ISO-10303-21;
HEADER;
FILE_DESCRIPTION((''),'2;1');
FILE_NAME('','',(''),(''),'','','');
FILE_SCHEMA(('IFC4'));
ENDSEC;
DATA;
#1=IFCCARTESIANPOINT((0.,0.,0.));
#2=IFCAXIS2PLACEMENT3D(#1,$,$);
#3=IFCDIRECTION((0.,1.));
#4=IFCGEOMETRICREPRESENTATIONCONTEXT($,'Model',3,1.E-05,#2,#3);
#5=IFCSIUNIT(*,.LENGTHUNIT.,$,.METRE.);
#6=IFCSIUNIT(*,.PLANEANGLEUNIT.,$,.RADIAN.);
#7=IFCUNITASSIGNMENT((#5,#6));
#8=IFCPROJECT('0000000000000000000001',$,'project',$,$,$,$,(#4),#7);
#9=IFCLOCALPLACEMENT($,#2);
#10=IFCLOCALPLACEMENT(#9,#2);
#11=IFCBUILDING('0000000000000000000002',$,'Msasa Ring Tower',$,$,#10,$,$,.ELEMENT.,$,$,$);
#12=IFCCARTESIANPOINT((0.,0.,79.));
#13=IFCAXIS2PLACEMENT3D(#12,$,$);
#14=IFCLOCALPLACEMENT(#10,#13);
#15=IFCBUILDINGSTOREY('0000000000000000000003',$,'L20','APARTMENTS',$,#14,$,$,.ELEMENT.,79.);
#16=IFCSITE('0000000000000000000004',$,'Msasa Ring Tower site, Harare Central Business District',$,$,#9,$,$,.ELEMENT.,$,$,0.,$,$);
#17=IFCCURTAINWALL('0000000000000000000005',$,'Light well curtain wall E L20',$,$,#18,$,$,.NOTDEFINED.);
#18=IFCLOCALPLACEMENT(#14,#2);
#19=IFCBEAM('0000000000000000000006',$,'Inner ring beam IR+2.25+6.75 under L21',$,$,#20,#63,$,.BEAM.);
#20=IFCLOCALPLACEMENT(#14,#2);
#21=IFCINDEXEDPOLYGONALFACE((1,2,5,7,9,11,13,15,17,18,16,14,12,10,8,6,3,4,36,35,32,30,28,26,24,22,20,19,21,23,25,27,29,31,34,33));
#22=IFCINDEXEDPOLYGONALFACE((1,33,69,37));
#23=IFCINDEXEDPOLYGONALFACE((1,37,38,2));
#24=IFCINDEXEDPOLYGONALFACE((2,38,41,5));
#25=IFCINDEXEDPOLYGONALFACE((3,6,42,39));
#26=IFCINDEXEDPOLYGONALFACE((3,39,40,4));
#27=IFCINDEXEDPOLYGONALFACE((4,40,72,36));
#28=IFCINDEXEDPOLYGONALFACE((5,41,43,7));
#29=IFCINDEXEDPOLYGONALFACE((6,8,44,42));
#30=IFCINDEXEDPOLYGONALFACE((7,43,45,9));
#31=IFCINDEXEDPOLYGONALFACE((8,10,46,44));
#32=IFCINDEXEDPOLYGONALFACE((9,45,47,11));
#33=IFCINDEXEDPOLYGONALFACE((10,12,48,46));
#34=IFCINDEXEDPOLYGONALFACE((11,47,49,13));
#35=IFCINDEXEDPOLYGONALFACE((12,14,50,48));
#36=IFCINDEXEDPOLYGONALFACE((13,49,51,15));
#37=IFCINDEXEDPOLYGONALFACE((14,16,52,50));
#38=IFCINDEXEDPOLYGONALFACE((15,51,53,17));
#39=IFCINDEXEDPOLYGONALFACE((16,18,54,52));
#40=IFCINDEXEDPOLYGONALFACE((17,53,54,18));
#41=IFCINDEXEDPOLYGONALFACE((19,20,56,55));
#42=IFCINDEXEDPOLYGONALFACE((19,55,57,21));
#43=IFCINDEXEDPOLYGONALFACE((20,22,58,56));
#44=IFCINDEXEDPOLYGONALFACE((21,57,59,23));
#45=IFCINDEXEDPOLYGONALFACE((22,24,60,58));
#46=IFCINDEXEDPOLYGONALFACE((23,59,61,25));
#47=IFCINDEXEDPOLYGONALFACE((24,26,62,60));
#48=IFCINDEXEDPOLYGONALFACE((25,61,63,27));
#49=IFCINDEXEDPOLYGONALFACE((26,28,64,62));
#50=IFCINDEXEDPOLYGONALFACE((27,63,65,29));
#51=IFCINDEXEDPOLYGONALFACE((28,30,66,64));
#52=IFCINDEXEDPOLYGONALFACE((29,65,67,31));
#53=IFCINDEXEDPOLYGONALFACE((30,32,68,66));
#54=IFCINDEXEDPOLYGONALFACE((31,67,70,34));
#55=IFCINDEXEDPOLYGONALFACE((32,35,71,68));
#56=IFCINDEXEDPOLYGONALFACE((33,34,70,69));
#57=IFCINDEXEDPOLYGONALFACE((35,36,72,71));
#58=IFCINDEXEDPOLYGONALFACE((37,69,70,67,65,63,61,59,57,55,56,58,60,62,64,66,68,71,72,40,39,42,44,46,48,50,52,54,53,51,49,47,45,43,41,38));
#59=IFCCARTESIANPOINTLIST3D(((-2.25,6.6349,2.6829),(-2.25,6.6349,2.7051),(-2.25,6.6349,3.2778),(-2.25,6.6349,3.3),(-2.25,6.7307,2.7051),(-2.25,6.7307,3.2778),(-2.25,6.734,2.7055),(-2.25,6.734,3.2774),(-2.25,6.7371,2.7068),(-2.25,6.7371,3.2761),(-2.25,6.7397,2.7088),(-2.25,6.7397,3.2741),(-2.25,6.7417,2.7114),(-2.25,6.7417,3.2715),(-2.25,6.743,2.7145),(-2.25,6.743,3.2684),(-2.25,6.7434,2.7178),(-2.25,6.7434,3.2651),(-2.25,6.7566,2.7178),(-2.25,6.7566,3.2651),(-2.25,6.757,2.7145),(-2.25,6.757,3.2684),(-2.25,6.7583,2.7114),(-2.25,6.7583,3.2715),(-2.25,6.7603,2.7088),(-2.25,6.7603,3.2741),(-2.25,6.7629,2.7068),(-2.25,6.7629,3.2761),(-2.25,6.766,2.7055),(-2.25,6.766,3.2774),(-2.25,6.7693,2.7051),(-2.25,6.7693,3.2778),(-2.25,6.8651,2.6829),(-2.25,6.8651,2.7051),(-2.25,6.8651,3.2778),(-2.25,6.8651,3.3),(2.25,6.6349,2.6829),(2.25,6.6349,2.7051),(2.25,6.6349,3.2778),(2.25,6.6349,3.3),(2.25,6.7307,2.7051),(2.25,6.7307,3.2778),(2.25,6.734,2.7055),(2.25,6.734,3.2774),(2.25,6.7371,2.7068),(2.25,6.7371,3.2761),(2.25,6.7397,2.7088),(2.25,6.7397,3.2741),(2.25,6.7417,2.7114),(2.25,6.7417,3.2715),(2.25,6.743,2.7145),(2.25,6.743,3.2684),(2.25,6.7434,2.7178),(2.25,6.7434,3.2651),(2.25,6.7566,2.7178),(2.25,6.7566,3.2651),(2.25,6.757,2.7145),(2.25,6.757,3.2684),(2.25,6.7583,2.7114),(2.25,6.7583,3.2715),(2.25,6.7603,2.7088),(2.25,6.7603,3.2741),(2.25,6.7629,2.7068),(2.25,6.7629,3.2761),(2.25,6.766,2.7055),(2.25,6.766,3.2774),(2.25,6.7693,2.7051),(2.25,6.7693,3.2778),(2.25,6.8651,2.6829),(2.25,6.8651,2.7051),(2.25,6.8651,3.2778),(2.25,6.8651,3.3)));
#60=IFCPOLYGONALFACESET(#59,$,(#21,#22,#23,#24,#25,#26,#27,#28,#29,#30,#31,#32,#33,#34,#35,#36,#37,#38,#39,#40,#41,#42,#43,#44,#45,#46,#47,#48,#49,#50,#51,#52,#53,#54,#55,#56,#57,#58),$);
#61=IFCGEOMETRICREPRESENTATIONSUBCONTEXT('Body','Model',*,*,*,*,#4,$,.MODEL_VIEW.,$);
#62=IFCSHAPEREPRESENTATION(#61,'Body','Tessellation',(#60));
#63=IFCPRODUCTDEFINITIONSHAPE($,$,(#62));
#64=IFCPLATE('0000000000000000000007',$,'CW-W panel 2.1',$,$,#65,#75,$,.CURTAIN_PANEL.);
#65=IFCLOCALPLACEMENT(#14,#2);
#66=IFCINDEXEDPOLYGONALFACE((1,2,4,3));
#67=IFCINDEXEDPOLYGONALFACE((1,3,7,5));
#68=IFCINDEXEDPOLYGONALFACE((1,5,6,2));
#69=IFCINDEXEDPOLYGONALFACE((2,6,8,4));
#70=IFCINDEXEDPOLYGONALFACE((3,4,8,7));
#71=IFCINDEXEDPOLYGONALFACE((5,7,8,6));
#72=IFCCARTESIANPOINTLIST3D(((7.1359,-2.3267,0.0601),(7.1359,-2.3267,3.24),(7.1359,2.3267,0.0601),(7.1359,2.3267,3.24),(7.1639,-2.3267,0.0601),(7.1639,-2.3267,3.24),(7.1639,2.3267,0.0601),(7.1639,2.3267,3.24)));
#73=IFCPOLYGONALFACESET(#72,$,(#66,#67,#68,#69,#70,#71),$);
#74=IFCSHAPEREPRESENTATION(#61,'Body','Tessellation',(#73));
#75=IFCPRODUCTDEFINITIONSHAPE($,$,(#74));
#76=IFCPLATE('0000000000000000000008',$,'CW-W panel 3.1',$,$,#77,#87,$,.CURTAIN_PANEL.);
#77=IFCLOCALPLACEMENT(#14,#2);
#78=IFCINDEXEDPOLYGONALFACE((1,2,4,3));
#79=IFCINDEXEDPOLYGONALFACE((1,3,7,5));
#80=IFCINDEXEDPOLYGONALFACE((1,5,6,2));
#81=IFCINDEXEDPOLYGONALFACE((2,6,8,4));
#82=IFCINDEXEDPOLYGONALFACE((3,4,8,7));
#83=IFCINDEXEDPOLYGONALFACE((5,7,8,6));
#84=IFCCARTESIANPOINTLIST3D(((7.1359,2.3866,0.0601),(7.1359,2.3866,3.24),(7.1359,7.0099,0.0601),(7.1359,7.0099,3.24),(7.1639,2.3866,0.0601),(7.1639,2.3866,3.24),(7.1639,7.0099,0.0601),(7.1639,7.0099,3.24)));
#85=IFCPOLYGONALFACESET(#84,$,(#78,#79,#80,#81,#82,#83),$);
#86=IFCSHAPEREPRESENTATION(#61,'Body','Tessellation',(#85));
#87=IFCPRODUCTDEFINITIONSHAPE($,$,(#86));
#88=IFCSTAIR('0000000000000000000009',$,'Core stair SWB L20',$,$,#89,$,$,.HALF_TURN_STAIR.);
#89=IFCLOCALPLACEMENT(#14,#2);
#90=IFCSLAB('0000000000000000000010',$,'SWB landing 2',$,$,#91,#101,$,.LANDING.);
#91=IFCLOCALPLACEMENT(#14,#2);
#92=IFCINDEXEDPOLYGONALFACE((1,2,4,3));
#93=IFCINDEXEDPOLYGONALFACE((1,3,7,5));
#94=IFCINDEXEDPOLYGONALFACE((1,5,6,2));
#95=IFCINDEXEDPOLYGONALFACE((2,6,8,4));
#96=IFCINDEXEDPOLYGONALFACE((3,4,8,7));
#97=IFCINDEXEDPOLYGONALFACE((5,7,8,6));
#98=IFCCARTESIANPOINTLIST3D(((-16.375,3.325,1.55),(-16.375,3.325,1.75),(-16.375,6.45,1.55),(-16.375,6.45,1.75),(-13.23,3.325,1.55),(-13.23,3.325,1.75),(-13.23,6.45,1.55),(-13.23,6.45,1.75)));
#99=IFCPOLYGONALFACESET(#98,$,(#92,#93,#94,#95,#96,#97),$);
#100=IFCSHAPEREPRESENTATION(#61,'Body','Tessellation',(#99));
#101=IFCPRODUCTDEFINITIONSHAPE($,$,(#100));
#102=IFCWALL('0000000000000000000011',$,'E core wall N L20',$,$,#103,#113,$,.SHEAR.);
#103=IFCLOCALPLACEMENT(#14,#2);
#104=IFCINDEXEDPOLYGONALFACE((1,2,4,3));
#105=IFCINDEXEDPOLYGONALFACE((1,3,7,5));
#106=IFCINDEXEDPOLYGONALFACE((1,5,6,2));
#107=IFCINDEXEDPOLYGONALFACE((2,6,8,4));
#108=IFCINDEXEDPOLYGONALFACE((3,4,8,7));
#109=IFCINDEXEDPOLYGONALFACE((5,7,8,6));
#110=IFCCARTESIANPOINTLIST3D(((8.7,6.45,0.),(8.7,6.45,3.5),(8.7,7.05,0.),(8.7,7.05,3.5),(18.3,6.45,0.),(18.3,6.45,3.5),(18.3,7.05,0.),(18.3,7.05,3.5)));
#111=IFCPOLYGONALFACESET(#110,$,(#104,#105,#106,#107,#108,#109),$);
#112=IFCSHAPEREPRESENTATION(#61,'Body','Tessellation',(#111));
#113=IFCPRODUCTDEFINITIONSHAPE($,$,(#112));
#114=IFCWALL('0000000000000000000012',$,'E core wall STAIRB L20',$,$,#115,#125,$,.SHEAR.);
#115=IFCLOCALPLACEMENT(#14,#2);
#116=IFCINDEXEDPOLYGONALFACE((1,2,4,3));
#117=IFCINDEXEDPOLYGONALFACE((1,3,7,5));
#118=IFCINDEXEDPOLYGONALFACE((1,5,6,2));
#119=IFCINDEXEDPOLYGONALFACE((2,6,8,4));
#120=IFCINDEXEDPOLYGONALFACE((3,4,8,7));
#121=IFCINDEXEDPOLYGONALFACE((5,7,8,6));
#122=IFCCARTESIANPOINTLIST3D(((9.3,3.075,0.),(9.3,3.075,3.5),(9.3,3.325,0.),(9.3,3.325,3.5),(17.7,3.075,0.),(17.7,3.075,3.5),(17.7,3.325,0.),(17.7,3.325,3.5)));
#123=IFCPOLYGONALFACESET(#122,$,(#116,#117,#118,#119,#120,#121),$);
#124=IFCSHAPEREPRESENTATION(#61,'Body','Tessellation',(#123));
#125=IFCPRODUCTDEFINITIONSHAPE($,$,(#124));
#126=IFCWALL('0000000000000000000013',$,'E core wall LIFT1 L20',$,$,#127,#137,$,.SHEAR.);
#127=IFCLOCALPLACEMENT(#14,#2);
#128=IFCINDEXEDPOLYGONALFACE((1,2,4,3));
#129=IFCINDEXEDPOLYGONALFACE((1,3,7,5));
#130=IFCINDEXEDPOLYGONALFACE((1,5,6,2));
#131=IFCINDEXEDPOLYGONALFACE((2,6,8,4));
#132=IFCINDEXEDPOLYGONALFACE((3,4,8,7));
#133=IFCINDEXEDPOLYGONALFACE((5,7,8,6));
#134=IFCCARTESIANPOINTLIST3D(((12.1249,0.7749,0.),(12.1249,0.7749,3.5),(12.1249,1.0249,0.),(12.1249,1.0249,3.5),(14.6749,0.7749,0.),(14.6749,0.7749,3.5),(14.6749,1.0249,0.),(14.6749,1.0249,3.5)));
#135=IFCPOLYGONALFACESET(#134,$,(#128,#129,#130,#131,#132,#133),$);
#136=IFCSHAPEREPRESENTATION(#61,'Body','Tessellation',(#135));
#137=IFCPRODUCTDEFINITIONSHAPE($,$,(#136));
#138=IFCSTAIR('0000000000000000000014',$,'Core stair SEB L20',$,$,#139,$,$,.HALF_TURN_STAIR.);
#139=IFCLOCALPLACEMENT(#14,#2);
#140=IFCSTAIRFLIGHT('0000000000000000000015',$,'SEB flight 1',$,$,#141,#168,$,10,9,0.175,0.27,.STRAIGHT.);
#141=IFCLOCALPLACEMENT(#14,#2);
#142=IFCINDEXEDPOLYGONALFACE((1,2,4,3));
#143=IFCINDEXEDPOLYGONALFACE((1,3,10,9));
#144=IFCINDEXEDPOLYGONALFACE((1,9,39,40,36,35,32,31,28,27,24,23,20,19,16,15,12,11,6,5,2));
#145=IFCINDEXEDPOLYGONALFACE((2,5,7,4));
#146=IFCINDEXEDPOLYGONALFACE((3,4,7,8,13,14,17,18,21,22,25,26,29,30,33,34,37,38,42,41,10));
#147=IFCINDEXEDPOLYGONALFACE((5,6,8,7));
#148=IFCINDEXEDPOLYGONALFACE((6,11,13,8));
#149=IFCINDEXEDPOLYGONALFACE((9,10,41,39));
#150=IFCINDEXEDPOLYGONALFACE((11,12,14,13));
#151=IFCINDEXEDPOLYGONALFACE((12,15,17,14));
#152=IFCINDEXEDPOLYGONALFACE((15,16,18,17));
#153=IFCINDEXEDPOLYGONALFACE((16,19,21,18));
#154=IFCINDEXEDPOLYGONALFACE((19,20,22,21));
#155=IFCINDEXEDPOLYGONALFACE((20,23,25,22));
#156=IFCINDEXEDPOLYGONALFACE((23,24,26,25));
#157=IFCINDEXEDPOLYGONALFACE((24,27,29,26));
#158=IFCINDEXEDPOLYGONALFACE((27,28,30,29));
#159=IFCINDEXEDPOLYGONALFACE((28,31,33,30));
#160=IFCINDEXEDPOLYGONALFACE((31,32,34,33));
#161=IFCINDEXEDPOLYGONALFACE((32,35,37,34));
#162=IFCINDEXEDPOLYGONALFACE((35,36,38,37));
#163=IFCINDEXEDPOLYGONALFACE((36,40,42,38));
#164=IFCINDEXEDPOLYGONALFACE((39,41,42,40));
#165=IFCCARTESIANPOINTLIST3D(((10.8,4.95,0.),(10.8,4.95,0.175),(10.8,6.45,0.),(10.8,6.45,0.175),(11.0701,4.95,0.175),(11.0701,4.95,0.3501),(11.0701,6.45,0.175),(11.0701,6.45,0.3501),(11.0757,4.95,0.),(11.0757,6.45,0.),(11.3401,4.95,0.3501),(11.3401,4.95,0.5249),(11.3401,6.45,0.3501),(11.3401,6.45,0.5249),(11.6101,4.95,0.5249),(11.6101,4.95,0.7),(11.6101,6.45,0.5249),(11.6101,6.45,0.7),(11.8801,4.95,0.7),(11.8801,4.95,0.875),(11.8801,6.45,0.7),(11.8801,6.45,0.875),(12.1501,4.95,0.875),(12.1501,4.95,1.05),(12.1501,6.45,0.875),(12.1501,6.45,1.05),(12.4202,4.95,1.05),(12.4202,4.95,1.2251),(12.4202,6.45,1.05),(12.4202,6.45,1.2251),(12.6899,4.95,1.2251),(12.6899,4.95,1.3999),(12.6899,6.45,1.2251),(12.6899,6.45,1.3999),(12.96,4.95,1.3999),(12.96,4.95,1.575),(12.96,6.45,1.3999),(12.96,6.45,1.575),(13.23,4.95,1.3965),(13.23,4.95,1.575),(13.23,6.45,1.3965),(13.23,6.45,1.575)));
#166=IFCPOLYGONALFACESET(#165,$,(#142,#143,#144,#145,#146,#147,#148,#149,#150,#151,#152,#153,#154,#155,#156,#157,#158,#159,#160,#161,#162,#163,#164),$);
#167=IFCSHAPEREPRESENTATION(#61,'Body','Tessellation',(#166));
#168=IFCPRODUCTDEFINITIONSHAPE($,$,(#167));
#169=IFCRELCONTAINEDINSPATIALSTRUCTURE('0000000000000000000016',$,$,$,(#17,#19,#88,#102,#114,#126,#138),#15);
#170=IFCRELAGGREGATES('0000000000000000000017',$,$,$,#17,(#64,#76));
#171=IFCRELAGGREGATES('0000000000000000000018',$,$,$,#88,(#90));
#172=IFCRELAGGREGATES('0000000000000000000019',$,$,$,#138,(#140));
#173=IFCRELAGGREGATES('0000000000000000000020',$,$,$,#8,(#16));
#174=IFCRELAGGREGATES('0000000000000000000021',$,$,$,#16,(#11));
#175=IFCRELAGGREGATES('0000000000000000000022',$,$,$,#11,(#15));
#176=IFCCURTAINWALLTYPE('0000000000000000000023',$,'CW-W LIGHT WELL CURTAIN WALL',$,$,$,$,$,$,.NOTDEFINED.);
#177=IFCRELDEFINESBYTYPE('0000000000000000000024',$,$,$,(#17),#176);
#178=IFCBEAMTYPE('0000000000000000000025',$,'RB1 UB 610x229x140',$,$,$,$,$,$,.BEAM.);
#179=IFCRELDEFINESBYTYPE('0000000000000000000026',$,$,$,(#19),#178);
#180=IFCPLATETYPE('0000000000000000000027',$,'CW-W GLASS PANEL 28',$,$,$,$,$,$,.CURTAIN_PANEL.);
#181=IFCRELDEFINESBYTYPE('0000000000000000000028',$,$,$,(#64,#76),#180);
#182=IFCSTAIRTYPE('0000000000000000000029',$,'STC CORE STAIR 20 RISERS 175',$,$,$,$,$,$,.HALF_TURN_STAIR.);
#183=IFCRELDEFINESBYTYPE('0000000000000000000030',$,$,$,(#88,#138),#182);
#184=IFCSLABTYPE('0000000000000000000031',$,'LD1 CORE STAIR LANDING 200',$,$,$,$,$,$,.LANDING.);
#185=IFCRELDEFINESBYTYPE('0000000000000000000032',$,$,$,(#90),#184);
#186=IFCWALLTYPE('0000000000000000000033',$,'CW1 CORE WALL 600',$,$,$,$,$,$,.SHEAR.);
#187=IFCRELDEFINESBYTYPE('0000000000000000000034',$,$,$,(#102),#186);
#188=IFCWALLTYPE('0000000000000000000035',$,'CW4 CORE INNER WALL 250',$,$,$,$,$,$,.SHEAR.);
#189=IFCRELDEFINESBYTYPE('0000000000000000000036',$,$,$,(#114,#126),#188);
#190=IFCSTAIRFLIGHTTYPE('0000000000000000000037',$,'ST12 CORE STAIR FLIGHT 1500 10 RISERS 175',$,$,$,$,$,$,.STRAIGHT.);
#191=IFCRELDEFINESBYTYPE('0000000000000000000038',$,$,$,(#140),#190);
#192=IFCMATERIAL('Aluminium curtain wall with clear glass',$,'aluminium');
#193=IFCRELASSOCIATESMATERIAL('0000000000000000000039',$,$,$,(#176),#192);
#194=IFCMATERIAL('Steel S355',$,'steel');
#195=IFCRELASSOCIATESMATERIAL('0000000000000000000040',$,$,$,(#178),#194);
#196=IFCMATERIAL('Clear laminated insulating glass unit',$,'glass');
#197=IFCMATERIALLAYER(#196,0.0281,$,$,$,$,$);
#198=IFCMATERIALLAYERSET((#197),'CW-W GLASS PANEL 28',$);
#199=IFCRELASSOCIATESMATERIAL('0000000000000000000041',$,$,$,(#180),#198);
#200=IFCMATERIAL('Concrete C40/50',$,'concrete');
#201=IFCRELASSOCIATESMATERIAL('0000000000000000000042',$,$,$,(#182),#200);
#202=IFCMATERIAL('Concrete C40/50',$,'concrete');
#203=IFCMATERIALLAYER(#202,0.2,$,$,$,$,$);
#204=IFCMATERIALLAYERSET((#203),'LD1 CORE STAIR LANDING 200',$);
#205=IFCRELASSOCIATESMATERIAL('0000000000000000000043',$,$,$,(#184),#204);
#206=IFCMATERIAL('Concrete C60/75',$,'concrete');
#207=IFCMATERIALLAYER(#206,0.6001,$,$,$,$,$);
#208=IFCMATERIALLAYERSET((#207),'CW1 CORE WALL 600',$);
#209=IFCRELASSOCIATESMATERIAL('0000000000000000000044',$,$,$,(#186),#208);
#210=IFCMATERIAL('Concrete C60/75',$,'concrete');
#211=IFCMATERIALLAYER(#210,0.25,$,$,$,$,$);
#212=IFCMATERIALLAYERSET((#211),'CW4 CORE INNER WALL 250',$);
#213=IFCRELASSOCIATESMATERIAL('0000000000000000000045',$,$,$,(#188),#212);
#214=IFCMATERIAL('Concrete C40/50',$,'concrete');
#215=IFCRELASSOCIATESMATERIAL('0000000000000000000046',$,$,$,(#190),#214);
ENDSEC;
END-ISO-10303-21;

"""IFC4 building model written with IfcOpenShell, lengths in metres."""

from ifc_helpers import new_model, si_unit, direction, frame, frame_2d, origin, origin_2d, place, context, subcontext, project, spatial, polyline, rectangle, i_section, outline, extrude, material, layer, layer_set, material_profile, profile_set, type_object, element, aggregate, save


model = new_model("IFC4")

# Units and contexts
model_context = context("Model", 3, precision=1e-05, world=origin(), true_north=direction((0.0, 1.0)))
body_context = subcontext(model_context, "Body", "Model", "MODEL_VIEW")
ifc_project = project(units=[si_unit("LENGTHUNIT", "METRE"), si_unit("PLANEANGLEUNIT", "RADIAN")], contexts=[model_context])

# Site, building, storey
site_placement = place(None, origin())
site = spatial("IfcSite", under=ifc_project, at=site_placement, Name="Msasa Ring Tower site, Harare Central Business District", CompositionType="ELEMENT", RefElevation=0.0)
building_placement = place(site_placement, origin())
building = spatial("IfcBuilding", under=site, at=building_placement, Name="Msasa Ring Tower", CompositionType="ELEMENT")
storey_placement = place(building_placement, frame((0.0, 0.0, 79.0)))
storey = spatial("IfcBuildingStorey", under=building, at=storey_placement, Name="L20", Description="APARTMENTS", CompositionType="ELEMENT", Elevation=79.0)

# Curtain wall
ifc_material_1 = material(Name="Aluminium curtain wall with clear glass", Category="aluminium")
curtain_wall_type = type_object("IfcCurtainWallType", Name="CW-W LIGHT WELL CURTAIN WALL", PredefinedType="NOTDEFINED", material=ifc_material_1)
curtain_wall_placement = place(storey_placement, origin())
curtain_wall = element("IfcCurtainWall", 1, at=curtain_wall_placement, inside=storey, type_object=curtain_wall_type, Name="Light well curtain wall E L20", PredefinedType="NOTDEFINED")

# Beam
ifc_material_2 = material(Name="Steel S355", Category="steel")
ifc_material_profile_1 = material_profile(ifc_material_2, i_section(OverallWidth=0.2302, OverallDepth=0.6172, WebThickness=0.0132, FlangeThickness=0.0222, FilletRadius=0.0127, at=origin_2d()), Name="UB 610x229x140")
ifc_profile_set_1 = profile_set([ifc_material_profile_1], Name="Steel S355")
beam_type = type_object("IfcBeamType", Name="RB1 UB 610x229x140", PredefinedType="BEAM", material=ifc_profile_set_1)
for number, where, z_axis, x_axis, name in (
    (2, (2.25, 6.75, 2.9915), (-1.0, 0.0, 0.0), (0.0, -1.0, 0.0), "Inner ring beam IR+2.25+6.75 under L21"),
):
    element("IfcBeam", number, at=place(storey_placement, frame(where, z_axis=z_axis, x_axis=x_axis)), inside=storey, type_object=beam_type, Name=name, PredefinedType="BEAM", context=body_context, shape_type="SweptSolid", body=[
        extrude(i_section(OverallWidth=0.2302, OverallDepth=0.6172, WebThickness=0.0132, FlangeThickness=0.0222, FilletRadius=0.0127, at=origin_2d()), origin(), (0.0, 0.0, 1.0), 4.5),
    ])

# Plates
ifc_material_3 = material(Name="Clear laminated insulating glass unit", Category="glass")
ifc_layer_1 = layer(ifc_material_3, 0.0281)
ifc_layer_set_1 = layer_set([ifc_layer_1], Name="CW-W GLASS PANEL 28")
plate_type = type_object("IfcPlateType", Name="CW-W GLASS PANEL 28", PredefinedType="CURTAIN_PANEL", material=ifc_layer_set_1)
plate_1_placement = place(storey_placement, frame((7.1499, 0.0, 0.0601), z_axis=(0.0, 0.0, 1.0), x_axis=(0.0, 1.0, 0.0)))
plate_1 = element("IfcPlate", 3, at=plate_1_placement, type_object=plate_type, Name="CW-W panel 2.1", PredefinedType="CURTAIN_PANEL", context=body_context, shape_type="SweptSolid", body=[
    extrude(rectangle(XDim=4.6533, YDim=0.0281, at=origin_2d()), origin(), (0.0, 0.0, 1.0), 3.1799),
])
plate_2_placement = place(storey_placement, frame((7.1499, 4.6982, 0.0601), z_axis=(0.0, 0.0, 1.0), x_axis=(0.0, 1.0, 0.0)))
plate_2 = element("IfcPlate", 4, at=plate_2_placement, type_object=plate_type, Name="CW-W panel 3.1", PredefinedType="CURTAIN_PANEL", context=body_context, shape_type="SweptSolid", body=[
    extrude(rectangle(XDim=4.6233, YDim=0.0281, at=origin_2d()), origin(), (0.0, 0.0, 1.0), 3.1799),
])
aggregate(curtain_wall, [plate_1, plate_2])

# Stair, slab
ifc_material_4 = material(Name="Concrete C40/50", Category="concrete")
stair_type = type_object("IfcStairType", Name="STC CORE STAIR 20 RISERS 175", PredefinedType="HALF_TURN_STAIR", material=ifc_material_4)
stair_1_placement = place(storey_placement, origin())
stair_1 = element("IfcStair", 5, at=stair_1_placement, inside=storey, type_object=stair_type, Name="Core stair SWB L20", PredefinedType="HALF_TURN_STAIR")
ifc_material_5 = material(Name="Concrete C40/50", Category="concrete")
ifc_layer_2 = layer(ifc_material_5, 0.2)
ifc_layer_set_2 = layer_set([ifc_layer_2], Name="LD1 CORE STAIR LANDING 200")
slab_type = type_object("IfcSlabType", Name="LD1 CORE STAIR LANDING 200", PredefinedType="LANDING", material=ifc_layer_set_2)
slab_placement = place(storey_placement, frame((0.0, 0.0, 1.55)))
slab = element("IfcSlab", 6, at=slab_placement, type_object=slab_type, Name="SWB landing 2", PredefinedType="LANDING", context=body_context, shape_type="SweptSolid", body=[
    extrude(outline(polyline([(-16.375, 3.325), (-13.23, 3.325), (-13.23, 6.45), (-16.375, 6.45), (-16.375, 3.325)])), origin(), (0.0, 0.0, 1.0), 0.2),
])
aggregate(stair_1, [slab])

# Walls
ifc_material_6 = material(Name="Concrete C60/75", Category="concrete")
ifc_layer_3 = layer(ifc_material_6, 0.6001)
ifc_layer_set_3 = layer_set([ifc_layer_3], Name="CW1 CORE WALL 600")
wall_type_1 = type_object("IfcWallType", Name="CW1 CORE WALL 600", PredefinedType="SHEAR", material=ifc_layer_set_3)
wall_1_placement = place(storey_placement, frame((8.7, 6.75, 0.0), z_axis=(0.0, 0.0, 1.0), x_axis=(1.0, 0.0, 0.0)))
element("IfcWall", 7, at=wall_1_placement, inside=storey, type_object=wall_type_1, Name="E core wall N L20", PredefinedType="SHEAR", context=body_context, shape_type="SweptSolid", body=[
    extrude(rectangle(XDim=9.6001, YDim=0.6001, at=frame_2d((4.8, 0.0))), origin(), (0.0, 0.0, 1.0), 3.5),
])
ifc_material_7 = material(Name="Concrete C60/75", Category="concrete")
ifc_layer_4 = layer(ifc_material_7, 0.25)
ifc_layer_set_4 = layer_set([ifc_layer_4], Name="CW4 CORE INNER WALL 250")
wall_type_2 = type_object("IfcWallType", Name="CW4 CORE INNER WALL 250", PredefinedType="SHEAR", material=ifc_layer_set_4)
wall_2_placement = place(storey_placement, frame((9.3, 3.2, 0.0), z_axis=(0.0, 0.0, 1.0), x_axis=(1.0, 0.0, 0.0)))
element("IfcWall", 8, at=wall_2_placement, inside=storey, type_object=wall_type_2, Name="E core wall STAIRB L20", PredefinedType="SHEAR", context=body_context, shape_type="SweptSolid", body=[
    extrude(rectangle(XDim=8.3999, YDim=0.25, at=frame_2d((4.2, 0.0))), origin(), (0.0, 0.0, 1.0), 3.5),
])
wall_3_placement = place(storey_placement, frame((12.125, 0.8999, 0.0), z_axis=(0.0, 0.0, 1.0), x_axis=(1.0, 0.0, 0.0)))
element("IfcWall", 9, at=wall_3_placement, inside=storey, type_object=wall_type_2, Name="E core wall LIFT1 L20", PredefinedType="SHEAR", context=body_context, shape_type="SweptSolid", body=[
    extrude(rectangle(XDim=2.55, YDim=0.25, at=frame_2d((1.2749, 0.0))), origin(), (0.0, 0.0, 1.0), 3.5),
])

# Stair, stair flight
stair_2_placement = place(storey_placement, origin())
stair_2 = element("IfcStair", 10, at=stair_2_placement, inside=storey, type_object=stair_type, Name="Core stair SEB L20", PredefinedType="HALF_TURN_STAIR")
ifc_material_8 = material(Name="Concrete C40/50", Category="concrete")
stair_flight_type = type_object("IfcStairFlightType", Name="ST12 CORE STAIR FLIGHT 1500 10 RISERS 175", PredefinedType="STRAIGHT", material=ifc_material_8)
stair_flight_placement = place(storey_placement, frame((10.8, 5.7, 0.0), z_axis=(0.0, 0.0, 1.0), x_axis=(1.0, 0.0, 0.0)))
stair_flight = element("IfcStairFlight", 11, at=stair_flight_placement, type_object=stair_flight_type, Name="SEB flight 1", NumberOfRisers=10, NumberOfTreads=9, PredefinedType="STRAIGHT", RiserHeight=0.175, TreadLength=0.27, context=body_context, shape_type="SweptSolid", body=[
    extrude(outline(polyline([(0.0, 0.0), (0.0, 0.175), (0.27, 0.175), (0.27, 0.3501), (0.54, 0.3501), (0.54, 0.5249), (0.8101, 0.5249), (0.8101, 0.7), (1.0801, 0.7), (1.0801, 0.875), (1.3501, 0.875), (1.3501, 1.05), (1.6201, 1.05), (1.6201, 1.2251), (1.8899, 1.2251), (1.8899, 1.3999), (2.1599, 1.3999), (2.1599, 1.575), (2.4299, 1.575), (2.4299, 1.75), (2.4299, 1.3965), (0.2756, 0.0), (0.0, 0.0)])), frame((0.0, 0.75, 0.0), z_axis=(0.0, -1.0, 0.0), x_axis=(1.0, 0.0, 0.0)), (0.0, 0.0, 1.0), 1.5),
])
aggregate(stair_2, [stair_flight])

save(model, "model.ifc")
